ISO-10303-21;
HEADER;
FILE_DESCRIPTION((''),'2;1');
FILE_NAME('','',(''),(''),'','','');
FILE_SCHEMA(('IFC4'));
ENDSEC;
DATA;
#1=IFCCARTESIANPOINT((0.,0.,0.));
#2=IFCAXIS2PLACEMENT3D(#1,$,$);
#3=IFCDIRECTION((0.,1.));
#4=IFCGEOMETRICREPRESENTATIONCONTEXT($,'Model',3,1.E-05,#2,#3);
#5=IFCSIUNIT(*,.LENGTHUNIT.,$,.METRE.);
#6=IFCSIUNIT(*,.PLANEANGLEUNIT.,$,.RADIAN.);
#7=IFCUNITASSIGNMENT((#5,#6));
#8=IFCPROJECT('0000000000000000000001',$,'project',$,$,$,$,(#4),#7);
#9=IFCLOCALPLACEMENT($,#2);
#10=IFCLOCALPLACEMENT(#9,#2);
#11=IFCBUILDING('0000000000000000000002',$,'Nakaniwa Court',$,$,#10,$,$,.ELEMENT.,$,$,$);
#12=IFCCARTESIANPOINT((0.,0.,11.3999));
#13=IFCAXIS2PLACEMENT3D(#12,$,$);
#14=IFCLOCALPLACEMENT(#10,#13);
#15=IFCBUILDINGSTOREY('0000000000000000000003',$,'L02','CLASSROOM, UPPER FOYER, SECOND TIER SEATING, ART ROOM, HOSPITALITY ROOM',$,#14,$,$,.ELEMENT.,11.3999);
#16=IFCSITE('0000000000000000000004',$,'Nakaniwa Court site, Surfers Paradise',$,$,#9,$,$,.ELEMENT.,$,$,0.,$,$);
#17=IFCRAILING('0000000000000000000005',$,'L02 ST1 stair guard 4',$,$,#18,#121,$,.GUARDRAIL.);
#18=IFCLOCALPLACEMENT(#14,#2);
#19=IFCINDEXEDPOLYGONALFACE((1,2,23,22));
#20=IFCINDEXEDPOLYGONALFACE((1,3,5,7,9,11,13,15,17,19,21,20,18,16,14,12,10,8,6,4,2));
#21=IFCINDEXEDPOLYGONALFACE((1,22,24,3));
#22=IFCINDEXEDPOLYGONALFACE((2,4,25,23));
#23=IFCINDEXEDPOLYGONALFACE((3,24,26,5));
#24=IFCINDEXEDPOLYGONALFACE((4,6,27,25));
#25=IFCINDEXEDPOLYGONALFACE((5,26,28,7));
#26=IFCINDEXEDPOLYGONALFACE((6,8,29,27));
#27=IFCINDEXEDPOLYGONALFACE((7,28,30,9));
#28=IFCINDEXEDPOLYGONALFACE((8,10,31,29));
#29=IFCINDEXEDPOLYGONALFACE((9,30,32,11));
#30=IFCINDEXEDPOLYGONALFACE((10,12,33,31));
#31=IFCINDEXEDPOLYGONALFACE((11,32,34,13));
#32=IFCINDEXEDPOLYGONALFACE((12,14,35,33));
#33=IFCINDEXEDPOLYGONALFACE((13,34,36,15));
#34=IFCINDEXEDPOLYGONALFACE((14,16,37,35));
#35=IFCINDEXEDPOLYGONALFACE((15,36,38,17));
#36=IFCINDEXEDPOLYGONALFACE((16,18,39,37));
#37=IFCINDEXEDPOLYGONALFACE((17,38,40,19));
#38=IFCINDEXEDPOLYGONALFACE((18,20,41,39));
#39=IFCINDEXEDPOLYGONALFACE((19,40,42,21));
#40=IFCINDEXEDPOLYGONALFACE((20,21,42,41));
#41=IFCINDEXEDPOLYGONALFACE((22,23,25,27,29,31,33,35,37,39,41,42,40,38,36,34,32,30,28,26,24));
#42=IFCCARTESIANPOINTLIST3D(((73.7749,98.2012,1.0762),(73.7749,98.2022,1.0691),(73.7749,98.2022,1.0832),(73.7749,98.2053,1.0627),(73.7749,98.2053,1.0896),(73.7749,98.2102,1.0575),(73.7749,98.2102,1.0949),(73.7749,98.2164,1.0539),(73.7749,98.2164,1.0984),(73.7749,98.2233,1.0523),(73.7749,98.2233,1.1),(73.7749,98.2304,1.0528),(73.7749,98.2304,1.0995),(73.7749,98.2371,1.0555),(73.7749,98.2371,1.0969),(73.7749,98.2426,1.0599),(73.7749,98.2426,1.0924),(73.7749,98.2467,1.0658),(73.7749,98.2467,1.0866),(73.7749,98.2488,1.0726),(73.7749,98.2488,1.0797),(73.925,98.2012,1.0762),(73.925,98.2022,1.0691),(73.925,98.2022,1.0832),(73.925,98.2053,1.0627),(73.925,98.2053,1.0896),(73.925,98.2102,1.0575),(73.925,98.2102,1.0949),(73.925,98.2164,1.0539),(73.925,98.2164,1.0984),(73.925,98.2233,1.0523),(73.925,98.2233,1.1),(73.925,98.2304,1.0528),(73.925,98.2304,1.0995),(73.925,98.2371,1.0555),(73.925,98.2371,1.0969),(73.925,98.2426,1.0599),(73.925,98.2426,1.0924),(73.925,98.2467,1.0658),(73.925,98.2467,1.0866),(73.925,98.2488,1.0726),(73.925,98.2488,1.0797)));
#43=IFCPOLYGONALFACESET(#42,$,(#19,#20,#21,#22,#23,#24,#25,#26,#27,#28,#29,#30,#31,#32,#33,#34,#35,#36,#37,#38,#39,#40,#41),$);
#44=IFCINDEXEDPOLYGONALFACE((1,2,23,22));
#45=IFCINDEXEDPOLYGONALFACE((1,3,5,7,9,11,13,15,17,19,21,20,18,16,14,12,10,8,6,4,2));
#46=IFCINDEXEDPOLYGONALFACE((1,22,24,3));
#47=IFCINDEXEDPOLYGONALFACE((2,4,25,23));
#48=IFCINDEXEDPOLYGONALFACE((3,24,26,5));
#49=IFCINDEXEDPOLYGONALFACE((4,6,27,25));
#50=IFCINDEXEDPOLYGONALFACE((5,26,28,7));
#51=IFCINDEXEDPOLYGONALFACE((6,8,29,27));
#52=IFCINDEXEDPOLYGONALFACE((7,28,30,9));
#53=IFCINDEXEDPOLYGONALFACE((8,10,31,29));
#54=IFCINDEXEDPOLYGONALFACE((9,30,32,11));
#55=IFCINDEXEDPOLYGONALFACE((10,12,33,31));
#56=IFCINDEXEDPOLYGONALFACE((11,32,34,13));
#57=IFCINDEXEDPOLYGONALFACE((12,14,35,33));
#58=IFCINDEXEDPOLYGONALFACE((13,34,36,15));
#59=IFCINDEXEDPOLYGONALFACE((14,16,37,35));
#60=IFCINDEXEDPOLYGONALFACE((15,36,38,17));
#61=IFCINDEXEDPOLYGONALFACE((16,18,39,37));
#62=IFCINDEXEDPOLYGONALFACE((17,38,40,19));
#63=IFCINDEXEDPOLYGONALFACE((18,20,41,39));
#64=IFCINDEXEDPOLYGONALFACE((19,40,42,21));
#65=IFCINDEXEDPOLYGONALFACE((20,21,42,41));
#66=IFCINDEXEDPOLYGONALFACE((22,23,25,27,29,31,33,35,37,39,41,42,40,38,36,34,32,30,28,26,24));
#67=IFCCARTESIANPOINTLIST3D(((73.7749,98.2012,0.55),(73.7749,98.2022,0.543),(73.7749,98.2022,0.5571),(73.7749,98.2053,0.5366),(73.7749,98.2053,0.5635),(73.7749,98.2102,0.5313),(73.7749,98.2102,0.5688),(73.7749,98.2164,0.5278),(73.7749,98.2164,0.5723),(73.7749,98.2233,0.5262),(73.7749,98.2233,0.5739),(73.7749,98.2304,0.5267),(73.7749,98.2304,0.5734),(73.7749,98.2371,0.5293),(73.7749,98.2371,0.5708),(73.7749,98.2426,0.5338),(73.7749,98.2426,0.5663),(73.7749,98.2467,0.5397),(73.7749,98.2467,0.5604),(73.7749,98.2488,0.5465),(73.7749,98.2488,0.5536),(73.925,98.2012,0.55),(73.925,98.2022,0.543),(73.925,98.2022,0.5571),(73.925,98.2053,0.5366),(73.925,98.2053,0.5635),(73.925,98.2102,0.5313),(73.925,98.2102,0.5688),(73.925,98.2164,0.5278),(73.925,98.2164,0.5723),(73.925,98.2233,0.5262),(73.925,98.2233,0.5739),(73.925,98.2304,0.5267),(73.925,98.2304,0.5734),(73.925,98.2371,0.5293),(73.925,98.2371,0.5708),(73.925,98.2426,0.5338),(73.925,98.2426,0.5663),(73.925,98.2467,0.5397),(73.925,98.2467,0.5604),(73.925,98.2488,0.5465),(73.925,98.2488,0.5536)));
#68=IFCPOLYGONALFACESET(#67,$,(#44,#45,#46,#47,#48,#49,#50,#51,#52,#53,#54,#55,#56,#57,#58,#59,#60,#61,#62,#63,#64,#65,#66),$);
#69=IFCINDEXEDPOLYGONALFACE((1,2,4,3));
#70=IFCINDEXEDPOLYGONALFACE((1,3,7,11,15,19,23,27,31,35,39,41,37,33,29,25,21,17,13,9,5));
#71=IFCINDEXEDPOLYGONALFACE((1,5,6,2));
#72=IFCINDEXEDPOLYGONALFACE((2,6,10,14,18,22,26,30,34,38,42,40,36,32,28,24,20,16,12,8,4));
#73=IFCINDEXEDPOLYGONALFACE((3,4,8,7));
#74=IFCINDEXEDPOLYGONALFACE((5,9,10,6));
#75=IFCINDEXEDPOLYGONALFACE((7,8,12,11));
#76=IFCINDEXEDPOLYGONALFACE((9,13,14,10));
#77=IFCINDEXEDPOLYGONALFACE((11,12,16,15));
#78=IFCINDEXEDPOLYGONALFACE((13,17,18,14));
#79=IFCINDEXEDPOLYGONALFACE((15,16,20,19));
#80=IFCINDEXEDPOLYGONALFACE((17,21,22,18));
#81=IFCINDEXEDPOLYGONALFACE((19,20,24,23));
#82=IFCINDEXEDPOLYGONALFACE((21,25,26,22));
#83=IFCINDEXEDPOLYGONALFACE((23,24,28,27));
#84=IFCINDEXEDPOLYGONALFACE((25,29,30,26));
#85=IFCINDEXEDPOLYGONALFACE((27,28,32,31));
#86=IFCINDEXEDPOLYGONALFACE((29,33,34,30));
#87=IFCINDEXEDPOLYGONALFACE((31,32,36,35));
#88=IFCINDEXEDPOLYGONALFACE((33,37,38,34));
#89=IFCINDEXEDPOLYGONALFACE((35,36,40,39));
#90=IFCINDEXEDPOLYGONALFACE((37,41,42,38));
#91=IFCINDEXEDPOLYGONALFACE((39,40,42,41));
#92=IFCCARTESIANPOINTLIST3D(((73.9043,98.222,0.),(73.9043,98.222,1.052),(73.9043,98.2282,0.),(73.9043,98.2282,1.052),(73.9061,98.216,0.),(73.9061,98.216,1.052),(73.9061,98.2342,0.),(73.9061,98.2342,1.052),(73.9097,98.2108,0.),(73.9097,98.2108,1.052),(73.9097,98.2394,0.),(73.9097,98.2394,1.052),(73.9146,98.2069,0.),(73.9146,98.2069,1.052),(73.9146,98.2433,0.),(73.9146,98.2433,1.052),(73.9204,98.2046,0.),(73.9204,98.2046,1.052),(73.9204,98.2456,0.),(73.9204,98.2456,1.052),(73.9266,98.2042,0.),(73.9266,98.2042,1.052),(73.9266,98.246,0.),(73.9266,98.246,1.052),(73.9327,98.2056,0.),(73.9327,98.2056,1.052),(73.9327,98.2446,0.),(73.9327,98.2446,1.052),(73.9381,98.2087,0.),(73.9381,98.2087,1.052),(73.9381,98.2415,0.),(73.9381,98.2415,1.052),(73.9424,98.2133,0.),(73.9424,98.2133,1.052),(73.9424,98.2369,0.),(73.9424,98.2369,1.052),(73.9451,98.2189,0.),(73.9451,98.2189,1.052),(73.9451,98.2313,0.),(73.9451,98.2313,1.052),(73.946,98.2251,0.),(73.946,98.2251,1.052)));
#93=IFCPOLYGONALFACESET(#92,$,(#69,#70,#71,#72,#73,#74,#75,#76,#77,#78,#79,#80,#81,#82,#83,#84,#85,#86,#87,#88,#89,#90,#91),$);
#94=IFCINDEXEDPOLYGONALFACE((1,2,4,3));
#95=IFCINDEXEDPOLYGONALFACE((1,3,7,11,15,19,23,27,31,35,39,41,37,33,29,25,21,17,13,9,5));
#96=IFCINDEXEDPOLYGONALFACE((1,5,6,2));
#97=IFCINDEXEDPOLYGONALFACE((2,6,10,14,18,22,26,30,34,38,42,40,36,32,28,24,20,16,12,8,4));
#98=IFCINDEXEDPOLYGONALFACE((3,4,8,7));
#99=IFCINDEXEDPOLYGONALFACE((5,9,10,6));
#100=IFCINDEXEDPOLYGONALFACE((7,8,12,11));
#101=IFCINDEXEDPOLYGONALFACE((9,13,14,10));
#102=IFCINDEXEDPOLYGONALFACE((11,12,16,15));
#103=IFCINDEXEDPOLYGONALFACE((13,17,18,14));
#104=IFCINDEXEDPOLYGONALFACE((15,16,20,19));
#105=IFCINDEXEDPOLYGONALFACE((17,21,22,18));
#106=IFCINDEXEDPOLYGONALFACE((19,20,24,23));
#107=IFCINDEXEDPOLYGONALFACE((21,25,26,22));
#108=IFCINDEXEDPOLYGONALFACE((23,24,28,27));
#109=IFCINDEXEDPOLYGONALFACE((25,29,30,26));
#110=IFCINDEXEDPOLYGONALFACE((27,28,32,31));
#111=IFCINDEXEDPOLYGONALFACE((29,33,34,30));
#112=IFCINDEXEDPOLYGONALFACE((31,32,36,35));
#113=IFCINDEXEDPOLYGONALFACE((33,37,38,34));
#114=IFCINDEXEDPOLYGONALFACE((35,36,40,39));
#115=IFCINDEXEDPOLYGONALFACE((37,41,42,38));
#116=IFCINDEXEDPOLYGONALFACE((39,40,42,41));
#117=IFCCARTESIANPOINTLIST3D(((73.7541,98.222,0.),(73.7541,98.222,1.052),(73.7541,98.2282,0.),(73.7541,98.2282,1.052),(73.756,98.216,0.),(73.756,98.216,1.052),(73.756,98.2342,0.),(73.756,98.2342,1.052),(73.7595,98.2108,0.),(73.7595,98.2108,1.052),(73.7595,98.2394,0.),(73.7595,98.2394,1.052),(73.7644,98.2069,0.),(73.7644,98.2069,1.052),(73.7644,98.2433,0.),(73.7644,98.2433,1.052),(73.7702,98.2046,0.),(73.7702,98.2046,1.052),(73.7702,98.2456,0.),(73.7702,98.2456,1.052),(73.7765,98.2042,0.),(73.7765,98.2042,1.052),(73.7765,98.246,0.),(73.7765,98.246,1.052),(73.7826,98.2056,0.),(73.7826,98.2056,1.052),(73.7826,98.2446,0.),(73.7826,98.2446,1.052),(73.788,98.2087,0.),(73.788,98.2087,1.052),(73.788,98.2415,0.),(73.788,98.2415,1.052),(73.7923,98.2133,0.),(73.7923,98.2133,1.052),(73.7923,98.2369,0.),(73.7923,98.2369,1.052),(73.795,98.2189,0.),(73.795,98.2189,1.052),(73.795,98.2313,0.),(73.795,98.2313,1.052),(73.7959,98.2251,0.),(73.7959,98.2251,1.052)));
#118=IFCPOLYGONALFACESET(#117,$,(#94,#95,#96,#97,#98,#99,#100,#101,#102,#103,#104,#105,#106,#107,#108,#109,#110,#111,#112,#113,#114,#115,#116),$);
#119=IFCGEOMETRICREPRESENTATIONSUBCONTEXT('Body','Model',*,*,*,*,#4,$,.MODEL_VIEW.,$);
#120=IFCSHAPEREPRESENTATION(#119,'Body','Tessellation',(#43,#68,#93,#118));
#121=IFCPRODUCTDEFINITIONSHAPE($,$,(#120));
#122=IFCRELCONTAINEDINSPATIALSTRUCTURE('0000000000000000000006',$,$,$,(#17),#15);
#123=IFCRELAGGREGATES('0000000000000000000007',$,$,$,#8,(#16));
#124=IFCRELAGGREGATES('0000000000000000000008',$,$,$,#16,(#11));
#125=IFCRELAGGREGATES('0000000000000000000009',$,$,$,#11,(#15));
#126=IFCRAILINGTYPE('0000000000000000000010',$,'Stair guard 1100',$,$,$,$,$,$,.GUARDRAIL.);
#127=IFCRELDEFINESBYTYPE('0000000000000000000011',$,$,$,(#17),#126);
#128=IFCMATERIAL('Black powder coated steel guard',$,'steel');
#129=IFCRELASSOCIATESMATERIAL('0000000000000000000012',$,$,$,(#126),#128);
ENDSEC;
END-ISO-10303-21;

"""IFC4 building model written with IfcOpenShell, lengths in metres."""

from ifc_helpers import new_model, si_unit, direction, frame, origin, origin_2d, place, context, subcontext, project, spatial, circle, extrude, material, type_object, element, save


model = new_model("IFC4")

# Units and contexts
model_context = context("Model", 3, precision=1e-05, world=origin(), true_north=direction((0.0, 1.0)))
body_context = subcontext(model_context, "Body", "Model", "MODEL_VIEW")
ifc_project = project(units=[si_unit("LENGTHUNIT", "METRE"), si_unit("PLANEANGLEUNIT", "RADIAN")], contexts=[model_context])

# Site, building, storey
site_placement = place(None, origin())
site = spatial("IfcSite", under=ifc_project, at=site_placement, Name="Nakaniwa Court site, Surfers Paradise", CompositionType="ELEMENT", RefElevation=0.0)
building_placement = place(site_placement, origin())
building = spatial("IfcBuilding", under=site, at=building_placement, Name="Nakaniwa Court", CompositionType="ELEMENT")
storey_placement = place(building_placement, frame((0.0, 0.0, 11.3999)))
storey = spatial("IfcBuildingStorey", under=building, at=storey_placement, Name="L02", Description="CLASSROOM, UPPER FOYER, SECOND TIER SEATING, ART ROOM, HOSPITALITY ROOM", CompositionType="ELEMENT", Elevation=11.3999)

# Railing
ifc_material_1 = material(Name="Black powder coated steel guard", Category="steel")
railing_type_1 = type_object("IfcRailingType", Name="Stair guard 1100", PredefinedType="GUARDRAIL", material=ifc_material_1)
railing_1_placement = place(storey_placement, frame((73.925, 98.2251, 0.0)))
element("IfcRailing", 1, at=railing_1_placement, inside=storey, type_object=railing_type_1, Name="L02 ST1 stair guard 4", PredefinedType="GUARDRAIL", context=body_context, shape_type="SweptSolid", body=[
    extrude(circle(Radius=0.0239, at=origin_2d()), frame((0.0, 0.0, 1.0762), z_axis=(-1.0, 0.0, 0.0), x_axis=(0.0, -1.0, 0.0)), (0.0, 0.0, 1.0), 0.1501),
    extrude(circle(Radius=0.0239, at=origin_2d()), frame((0.0, 0.0, 0.55), z_axis=(-1.0, 0.0, 0.0), x_axis=(0.0, -1.0, 0.0)), (0.0, 0.0, 1.0), 0.1501),
    extrude(circle(Radius=0.021, at=origin_2d()), origin(), (0.0, 0.0, 1.0), 1.052),
    extrude(circle(Radius=0.021, at=origin_2d()), frame((-0.1501, 0.0, 0.0)), (0.0, 0.0, 1.0), 1.052),
])

save(model, "model.ifc")
